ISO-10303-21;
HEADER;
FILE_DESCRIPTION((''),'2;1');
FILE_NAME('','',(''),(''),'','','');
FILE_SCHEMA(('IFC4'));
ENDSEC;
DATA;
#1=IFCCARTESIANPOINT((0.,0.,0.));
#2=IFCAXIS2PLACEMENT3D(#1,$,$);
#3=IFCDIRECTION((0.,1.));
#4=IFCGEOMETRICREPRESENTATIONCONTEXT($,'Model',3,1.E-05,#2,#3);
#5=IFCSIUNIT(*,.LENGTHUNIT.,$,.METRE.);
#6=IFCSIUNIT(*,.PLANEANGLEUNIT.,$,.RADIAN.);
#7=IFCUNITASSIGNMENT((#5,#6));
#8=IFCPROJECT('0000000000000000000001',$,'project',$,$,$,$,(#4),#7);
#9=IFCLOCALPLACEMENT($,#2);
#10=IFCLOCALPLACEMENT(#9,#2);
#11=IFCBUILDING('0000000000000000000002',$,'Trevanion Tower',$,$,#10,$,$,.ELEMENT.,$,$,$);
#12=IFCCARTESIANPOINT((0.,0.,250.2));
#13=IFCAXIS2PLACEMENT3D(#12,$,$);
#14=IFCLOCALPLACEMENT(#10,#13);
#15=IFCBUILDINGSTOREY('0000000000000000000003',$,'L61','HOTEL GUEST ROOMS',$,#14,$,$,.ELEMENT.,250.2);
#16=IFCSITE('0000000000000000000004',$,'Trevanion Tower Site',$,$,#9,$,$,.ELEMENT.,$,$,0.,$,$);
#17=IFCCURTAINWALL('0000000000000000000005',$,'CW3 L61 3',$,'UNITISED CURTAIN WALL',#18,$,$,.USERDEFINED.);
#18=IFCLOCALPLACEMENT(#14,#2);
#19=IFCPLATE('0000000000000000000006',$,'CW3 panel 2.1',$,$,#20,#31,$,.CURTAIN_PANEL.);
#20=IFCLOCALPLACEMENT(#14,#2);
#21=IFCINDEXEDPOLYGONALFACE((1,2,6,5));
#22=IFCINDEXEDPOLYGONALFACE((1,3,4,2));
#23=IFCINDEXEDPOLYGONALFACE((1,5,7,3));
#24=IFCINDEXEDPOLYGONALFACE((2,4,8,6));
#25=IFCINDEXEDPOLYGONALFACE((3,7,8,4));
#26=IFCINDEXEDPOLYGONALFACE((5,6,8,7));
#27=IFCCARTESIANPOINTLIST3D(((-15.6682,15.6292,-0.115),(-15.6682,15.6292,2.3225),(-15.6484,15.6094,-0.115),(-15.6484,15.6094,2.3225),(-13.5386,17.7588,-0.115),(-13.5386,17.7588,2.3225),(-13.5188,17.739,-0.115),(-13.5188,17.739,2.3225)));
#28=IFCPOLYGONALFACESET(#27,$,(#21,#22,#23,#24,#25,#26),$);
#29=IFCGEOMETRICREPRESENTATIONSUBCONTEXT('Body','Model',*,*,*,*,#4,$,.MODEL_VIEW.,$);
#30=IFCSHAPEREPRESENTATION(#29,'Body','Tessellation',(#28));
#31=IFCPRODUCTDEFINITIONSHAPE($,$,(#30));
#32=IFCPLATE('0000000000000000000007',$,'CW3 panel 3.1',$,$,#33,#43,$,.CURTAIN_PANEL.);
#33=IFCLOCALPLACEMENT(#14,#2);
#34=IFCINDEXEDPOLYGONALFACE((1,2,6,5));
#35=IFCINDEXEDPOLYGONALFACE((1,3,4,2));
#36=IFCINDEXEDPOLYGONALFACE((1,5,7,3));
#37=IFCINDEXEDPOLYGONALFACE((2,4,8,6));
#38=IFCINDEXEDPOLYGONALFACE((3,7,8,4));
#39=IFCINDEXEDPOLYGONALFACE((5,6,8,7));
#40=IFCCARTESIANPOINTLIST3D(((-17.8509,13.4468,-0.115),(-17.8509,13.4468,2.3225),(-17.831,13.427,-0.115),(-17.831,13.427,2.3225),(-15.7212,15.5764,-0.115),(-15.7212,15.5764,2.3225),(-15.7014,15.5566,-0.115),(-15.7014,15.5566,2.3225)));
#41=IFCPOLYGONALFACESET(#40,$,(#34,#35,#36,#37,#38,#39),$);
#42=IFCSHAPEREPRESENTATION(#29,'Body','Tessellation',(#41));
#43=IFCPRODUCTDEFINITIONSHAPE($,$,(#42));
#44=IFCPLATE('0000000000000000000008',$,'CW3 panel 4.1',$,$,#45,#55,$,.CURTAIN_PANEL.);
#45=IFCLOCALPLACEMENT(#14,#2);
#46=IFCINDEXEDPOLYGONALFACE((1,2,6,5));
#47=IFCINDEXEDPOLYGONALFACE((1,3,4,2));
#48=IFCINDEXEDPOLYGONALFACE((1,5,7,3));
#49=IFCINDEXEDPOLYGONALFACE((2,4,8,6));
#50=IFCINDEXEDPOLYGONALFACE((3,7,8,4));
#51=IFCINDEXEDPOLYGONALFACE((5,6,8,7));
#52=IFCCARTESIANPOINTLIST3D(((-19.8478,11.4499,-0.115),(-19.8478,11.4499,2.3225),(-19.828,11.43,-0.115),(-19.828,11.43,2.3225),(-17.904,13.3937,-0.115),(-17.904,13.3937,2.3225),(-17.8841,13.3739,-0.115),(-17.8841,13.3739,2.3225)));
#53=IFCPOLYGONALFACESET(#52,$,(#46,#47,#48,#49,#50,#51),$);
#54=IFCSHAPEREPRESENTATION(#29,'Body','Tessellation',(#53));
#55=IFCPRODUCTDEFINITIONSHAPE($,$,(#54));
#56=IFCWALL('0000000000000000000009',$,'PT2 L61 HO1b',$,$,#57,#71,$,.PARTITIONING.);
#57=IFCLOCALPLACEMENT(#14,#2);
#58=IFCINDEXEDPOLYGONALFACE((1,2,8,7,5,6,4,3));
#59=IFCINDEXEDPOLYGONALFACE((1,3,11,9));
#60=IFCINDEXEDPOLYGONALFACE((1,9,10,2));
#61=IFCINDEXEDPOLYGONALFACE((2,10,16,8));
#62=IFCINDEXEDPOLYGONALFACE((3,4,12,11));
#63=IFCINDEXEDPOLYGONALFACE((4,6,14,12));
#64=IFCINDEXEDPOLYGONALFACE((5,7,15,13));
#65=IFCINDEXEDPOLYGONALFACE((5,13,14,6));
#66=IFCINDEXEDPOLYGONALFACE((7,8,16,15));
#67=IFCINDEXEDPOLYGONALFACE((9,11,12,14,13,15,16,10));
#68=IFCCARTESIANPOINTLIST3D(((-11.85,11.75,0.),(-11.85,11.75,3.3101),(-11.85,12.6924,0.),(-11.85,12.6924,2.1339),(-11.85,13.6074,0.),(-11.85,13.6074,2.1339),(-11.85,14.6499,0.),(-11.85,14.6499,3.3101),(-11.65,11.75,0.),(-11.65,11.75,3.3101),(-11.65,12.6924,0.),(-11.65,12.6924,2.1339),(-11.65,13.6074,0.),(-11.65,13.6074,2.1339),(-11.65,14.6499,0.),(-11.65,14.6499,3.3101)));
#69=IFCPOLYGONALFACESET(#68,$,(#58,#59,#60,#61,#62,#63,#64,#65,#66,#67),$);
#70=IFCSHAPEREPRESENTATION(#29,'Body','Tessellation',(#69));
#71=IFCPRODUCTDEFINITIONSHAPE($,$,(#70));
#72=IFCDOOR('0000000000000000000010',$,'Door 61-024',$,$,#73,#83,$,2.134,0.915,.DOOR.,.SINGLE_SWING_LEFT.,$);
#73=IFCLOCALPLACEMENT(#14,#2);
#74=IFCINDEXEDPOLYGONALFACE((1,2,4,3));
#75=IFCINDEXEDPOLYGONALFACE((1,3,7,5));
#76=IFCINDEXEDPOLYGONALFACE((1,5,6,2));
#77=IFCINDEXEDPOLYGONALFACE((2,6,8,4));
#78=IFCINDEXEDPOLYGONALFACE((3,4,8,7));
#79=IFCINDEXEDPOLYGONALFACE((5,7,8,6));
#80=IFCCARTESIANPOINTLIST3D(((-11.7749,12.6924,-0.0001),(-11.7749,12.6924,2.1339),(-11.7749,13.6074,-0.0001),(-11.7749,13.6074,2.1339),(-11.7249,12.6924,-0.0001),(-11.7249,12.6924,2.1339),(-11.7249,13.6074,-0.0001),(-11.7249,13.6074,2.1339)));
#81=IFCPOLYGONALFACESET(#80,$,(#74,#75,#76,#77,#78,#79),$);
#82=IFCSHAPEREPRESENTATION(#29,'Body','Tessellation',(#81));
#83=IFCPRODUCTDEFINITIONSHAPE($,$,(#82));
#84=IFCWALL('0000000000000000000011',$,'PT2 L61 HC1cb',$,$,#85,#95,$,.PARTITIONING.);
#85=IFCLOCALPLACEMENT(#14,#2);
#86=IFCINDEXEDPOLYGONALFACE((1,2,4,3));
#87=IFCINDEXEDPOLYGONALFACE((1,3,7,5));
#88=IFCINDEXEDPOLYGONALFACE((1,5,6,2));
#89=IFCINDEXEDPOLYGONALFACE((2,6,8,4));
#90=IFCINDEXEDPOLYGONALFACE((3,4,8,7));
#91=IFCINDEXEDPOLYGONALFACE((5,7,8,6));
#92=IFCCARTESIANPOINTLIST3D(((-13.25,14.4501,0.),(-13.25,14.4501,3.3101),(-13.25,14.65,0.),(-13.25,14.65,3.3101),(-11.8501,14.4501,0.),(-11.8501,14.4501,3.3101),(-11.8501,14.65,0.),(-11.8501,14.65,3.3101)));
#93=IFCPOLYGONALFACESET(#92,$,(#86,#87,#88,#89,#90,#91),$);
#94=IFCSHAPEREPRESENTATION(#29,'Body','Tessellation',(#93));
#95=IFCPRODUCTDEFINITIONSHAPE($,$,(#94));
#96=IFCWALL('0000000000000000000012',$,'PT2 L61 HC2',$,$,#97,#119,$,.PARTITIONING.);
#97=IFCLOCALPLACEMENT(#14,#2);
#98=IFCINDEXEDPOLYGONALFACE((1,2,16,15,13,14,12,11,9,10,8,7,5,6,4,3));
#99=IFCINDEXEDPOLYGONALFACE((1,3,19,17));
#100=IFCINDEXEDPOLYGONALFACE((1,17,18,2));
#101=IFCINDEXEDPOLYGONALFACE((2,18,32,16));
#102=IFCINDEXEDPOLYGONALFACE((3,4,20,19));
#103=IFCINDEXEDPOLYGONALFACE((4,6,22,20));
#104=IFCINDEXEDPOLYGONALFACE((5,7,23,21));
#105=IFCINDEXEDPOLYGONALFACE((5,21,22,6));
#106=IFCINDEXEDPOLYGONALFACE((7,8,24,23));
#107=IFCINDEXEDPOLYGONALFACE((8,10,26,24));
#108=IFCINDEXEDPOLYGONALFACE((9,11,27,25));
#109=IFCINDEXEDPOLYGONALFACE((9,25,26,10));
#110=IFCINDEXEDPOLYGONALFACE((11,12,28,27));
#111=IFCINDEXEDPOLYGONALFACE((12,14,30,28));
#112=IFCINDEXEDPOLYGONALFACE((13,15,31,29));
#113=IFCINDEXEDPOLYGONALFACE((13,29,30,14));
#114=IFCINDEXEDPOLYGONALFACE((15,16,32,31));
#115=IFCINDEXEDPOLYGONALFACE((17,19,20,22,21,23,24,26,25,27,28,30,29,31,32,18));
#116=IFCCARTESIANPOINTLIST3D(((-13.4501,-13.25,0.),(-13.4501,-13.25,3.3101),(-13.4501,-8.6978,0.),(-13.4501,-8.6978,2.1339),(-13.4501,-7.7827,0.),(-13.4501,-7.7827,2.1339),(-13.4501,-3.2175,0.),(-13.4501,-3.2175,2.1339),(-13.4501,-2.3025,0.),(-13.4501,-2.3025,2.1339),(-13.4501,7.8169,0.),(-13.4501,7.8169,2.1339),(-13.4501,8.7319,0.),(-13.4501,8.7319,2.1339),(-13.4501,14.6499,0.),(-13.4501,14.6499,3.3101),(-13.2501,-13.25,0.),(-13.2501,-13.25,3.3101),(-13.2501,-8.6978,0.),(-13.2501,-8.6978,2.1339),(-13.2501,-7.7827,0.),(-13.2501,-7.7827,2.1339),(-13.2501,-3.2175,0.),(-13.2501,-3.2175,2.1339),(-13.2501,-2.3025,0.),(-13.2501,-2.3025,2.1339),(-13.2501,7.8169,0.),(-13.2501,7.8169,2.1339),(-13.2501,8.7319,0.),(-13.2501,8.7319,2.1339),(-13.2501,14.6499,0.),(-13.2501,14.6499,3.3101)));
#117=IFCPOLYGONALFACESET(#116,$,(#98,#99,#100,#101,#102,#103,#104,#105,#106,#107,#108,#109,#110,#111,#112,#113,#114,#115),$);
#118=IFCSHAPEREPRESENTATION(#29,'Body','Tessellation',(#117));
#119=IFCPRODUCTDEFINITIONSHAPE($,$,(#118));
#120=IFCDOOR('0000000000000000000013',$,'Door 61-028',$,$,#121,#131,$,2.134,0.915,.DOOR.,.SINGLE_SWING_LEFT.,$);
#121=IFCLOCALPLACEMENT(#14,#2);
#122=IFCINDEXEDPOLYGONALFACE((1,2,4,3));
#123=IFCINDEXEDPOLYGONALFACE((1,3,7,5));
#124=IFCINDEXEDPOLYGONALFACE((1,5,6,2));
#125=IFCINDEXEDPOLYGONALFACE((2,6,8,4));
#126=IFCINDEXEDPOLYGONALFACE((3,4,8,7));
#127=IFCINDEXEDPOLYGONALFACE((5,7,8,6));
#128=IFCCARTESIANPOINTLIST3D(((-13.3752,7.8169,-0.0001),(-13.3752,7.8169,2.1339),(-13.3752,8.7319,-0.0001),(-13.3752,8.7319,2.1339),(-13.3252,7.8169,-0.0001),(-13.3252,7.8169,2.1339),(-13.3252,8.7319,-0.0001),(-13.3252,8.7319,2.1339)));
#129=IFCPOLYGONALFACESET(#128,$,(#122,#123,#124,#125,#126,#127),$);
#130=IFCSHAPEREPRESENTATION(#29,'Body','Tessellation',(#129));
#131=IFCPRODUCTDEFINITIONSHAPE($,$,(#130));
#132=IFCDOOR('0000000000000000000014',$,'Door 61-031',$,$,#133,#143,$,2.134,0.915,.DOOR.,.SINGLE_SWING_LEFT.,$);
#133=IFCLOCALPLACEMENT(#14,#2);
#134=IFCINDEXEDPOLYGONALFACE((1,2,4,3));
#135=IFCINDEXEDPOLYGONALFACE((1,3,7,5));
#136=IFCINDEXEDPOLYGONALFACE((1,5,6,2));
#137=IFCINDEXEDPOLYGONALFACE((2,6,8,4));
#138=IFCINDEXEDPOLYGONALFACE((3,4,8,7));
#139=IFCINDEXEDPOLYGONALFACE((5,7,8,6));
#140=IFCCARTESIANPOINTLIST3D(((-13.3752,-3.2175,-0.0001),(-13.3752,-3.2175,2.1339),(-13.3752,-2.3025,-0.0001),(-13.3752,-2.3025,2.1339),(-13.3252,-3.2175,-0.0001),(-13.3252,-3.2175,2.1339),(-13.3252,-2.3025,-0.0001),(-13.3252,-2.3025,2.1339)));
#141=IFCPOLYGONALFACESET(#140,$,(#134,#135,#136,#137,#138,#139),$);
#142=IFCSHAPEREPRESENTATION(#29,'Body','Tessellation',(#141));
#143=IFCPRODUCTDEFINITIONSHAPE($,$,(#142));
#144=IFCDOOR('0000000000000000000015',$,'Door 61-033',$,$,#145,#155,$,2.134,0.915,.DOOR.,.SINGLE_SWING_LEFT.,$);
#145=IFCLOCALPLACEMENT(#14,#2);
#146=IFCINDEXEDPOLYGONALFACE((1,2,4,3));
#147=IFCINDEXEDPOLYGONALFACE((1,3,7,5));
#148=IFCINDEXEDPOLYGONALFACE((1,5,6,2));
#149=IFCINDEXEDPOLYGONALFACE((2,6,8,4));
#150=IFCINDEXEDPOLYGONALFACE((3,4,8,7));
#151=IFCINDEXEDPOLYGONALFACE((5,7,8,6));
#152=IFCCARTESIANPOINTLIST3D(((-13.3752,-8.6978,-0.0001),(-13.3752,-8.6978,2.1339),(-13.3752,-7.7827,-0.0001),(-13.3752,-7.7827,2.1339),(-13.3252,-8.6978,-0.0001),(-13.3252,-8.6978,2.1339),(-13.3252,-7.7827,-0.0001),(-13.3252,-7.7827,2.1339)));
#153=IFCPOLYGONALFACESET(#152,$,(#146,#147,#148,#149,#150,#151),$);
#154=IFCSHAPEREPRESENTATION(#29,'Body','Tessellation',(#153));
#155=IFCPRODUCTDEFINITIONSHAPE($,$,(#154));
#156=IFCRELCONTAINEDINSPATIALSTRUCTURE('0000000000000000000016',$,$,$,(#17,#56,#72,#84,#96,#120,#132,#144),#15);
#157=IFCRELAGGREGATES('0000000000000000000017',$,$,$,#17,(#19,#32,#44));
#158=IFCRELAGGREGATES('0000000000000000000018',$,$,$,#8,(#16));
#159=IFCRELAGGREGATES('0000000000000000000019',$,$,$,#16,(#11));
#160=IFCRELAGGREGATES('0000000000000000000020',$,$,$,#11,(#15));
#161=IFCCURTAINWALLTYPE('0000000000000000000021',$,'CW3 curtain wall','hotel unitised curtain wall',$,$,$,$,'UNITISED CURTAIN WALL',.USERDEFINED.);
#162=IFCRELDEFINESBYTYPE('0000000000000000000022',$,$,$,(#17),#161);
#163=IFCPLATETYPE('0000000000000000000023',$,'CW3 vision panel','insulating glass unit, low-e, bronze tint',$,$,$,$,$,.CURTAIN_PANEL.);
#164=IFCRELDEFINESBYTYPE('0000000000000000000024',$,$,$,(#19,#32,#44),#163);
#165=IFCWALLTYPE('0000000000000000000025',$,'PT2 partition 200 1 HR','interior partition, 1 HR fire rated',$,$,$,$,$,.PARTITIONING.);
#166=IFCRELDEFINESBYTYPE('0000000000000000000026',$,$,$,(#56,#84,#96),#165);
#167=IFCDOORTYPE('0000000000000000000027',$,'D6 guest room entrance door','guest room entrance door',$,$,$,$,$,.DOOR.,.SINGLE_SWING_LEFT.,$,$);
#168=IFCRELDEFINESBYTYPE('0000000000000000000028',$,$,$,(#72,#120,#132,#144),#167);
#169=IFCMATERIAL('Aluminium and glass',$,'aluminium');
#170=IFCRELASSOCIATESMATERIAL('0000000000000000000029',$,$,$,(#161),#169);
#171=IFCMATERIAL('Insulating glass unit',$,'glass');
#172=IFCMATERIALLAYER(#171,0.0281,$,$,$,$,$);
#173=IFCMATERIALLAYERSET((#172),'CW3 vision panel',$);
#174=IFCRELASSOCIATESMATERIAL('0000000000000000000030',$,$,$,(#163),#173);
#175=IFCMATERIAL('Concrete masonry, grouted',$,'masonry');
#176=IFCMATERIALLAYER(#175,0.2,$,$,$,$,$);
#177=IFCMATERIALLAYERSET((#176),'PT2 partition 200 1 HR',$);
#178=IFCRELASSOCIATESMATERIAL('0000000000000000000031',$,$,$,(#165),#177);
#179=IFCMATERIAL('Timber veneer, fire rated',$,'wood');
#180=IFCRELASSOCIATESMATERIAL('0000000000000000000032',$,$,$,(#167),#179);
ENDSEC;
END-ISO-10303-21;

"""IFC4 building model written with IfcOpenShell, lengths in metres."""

from ifc_helpers import new_model, si_unit, direction, frame, frame_2d, origin, origin_2d, place, context, subcontext, project, spatial, rectangle, extrude, material, layer, layer_set, type_object, element, fill, aggregate, save


model = new_model("IFC4")

# Units and contexts
model_context = context("Model", 3, precision=1e-05, world=origin(), true_north=direction((0.0, 1.0)))
body_context = subcontext(model_context, "Body", "Model", "MODEL_VIEW")
ifc_project = project(units=[si_unit("LENGTHUNIT", "METRE"), si_unit("PLANEANGLEUNIT", "RADIAN")], contexts=[model_context])

# Site, building, storey
site_placement = place(None, origin())
site = spatial("IfcSite", under=ifc_project, at=site_placement, Name="Trevanion Tower Site", CompositionType="ELEMENT", RefElevation=0.0)
building_placement = place(site_placement, origin())
building = spatial("IfcBuilding", under=site, at=building_placement, Name="Trevanion Tower", CompositionType="ELEMENT")
storey_placement = place(building_placement, frame((0.0, 0.0, 250.2)))
storey = spatial("IfcBuildingStorey", under=building, at=storey_placement, Name="L61", Description="HOTEL GUEST ROOMS", CompositionType="ELEMENT", Elevation=250.2)

# Curtain wall
ifc_material_1 = material(Name="Aluminium and glass", Category="aluminium")
curtain_wall_type = type_object("IfcCurtainWallType", Name="CW3 curtain wall", Description="hotel unitised curtain wall", ElementType="UNITISED CURTAIN WALL", PredefinedType="USERDEFINED", material=ifc_material_1)
curtain_wall_1_placement = place(storey_placement, origin())
curtain_wall_1 = element("IfcCurtainWall", 1, at=curtain_wall_1_placement, inside=storey, type_object=curtain_wall_type, Name="CW3 L61 3", ObjectType="UNITISED CURTAIN WALL", PredefinedType="USERDEFINED")

# Plates
ifc_material_2 = material(Name="Insulating glass unit", Category="glass")
ifc_layer_1 = layer(ifc_material_2, 0.0281)
ifc_layer_set_1 = layer_set([ifc_layer_1], Name="CW3 vision panel")
plate_type_1 = type_object("IfcPlateType", Name="CW3 vision panel", Description="insulating glass unit, low-e, bronze tint", PredefinedType="CURTAIN_PANEL", material=ifc_layer_set_1)
plate_1_placement = place(storey_placement, frame((-14.5935, 16.6841, -0.115), z_axis=(0.0, 0.0, 1.0), x_axis=(-0.707107, -0.707107, 0.0)))
plate_1 = element("IfcPlate", 2, at=plate_1_placement, type_object=plate_type_1, Name="CW3 panel 2.1", PredefinedType="CURTAIN_PANEL", context=body_context, shape_type="SweptSolid", body=[
    extrude(rectangle(XDim=3.0117, YDim=0.0281, at=origin_2d()), origin(), (0.0, 0.0, 1.0), 2.4375),
])
plate_2_placement = place(storey_placement, frame((-16.7761, 14.5017, -0.115), z_axis=(0.0, 0.0, 1.0), x_axis=(-0.707107, -0.707107, 0.0)))
plate_2 = element("IfcPlate", 3, at=plate_2_placement, type_object=plate_type_1, Name="CW3 panel 3.1", PredefinedType="CURTAIN_PANEL", context=body_context, shape_type="SweptSolid", body=[
    extrude(rectangle(XDim=3.0117, YDim=0.0281, at=origin_2d()), origin(), (0.0, 0.0, 1.0), 2.4375),
])
plate_3_placement = place(storey_placement, frame((-18.866, 12.4119, -0.115), z_axis=(0.0, 0.0, 1.0), x_axis=(-0.707107, -0.707107, 0.0)))
plate_3 = element("IfcPlate", 4, at=plate_3_placement, type_object=plate_type_1, Name="CW3 panel 4.1", PredefinedType="CURTAIN_PANEL", context=body_context, shape_type="SweptSolid", body=[
    extrude(rectangle(XDim=2.749, YDim=0.0281, at=origin_2d()), origin(), (0.0, 0.0, 1.0), 2.4375),
])
aggregate(curtain_wall_1, [plate_1, plate_2, plate_3])

# Wall, opening, door
ifc_material_3 = material(Name="Concrete masonry, grouted", Category="masonry")
ifc_layer_2 = layer(ifc_material_3, 0.2)
ifc_layer_set_2 = layer_set([ifc_layer_2], Name="PT2 partition 200 1 HR")
wall_type = type_object("IfcWallType", Name="PT2 partition 200 1 HR", Description="interior partition, 1 HR fire rated", PredefinedType="PARTITIONING", material=ifc_layer_set_2)
wall_1_placement = place(storey_placement, frame((-11.75, 11.75, 0.0), z_axis=(0.0, 0.0, 1.0), x_axis=(0.0, 1.0, 0.0)))
wall_1 = element("IfcWall", 5, at=wall_1_placement, inside=storey, type_object=wall_type, Name="PT2 L61 HO1b", PredefinedType="PARTITIONING", context=body_context, shape_type="SweptSolid", body=[
    extrude(rectangle(XDim=2.8999, YDim=0.2, at=frame_2d((1.45, 0.0))), origin(), (0.0, 0.0, 1.0), 3.3101),
])
opening_1_placement = place(wall_1_placement, frame((0.9424, 0.0, 0.0)))
opening_1 = element("IfcOpeningElement", 6, at=opening_1_placement, cuts=wall_1, PredefinedType="OPENING", context=body_context, shape_type="SweptSolid", body=[
    extrude(rectangle(XDim=0.915, YDim=2.134, at=frame_2d((0.4575, 1.0669))), frame((0.0, 0.1099, 0.0), z_axis=(0.0, -1.0, 0.0), x_axis=(1.0, 0.0, 0.0)), (0.0, 0.0, 1.0), 0.22),
])
ifc_material_4 = material(Name="Timber veneer, fire rated", Category="wood")
door_type = type_object("IfcDoorType", Name="D6 guest room entrance door", Description="guest room entrance door", OperationType="SINGLE_SWING_LEFT", PredefinedType="DOOR", material=ifc_material_4)
door_1_placement = place(opening_1_placement, origin())
door_1 = element("IfcDoor", 7, at=door_1_placement, inside=storey, type_object=door_type, Name="Door 61-024", OperationType="SINGLE_SWING_LEFT", OverallHeight=2.134, OverallWidth=0.915, PredefinedType="DOOR", context=body_context, shape_type="SweptSolid", body=[
    extrude(rectangle(XDim=0.915, YDim=2.134, at=frame_2d((0.4575, 1.0669))), frame((0.0, 0.0249, 0.0), z_axis=(0.0, -1.0, 0.0), x_axis=(1.0, 0.0, 0.0)), (0.0, 0.0, 1.0), 0.05),
])
fill(opening_1, door_1)

# Wall
wall_2_placement = place(storey_placement, frame((-11.8501, 14.55, 0.0), z_axis=(0.0, 0.0, 1.0), x_axis=(-1.0, 0.0, 0.0)))
element("IfcWall", 8, at=wall_2_placement, inside=storey, type_object=wall_type, Name="PT2 L61 HC1cb", PredefinedType="PARTITIONING", context=body_context, shape_type="SweptSolid", body=[
    extrude(rectangle(XDim=1.3999, YDim=0.2, at=frame_2d((0.7, 0.0))), origin(), (0.0, 0.0, 1.0), 3.3101),
])

# Wall, openings, doors
wall_3_placement = place(storey_placement, frame((-13.3501, 14.6499, 0.0), z_axis=(0.0, 0.0, 1.0), x_axis=(0.0, -1.0, 0.0)))
wall_3 = element("IfcWall", 9, at=wall_3_placement, inside=storey, type_object=wall_type, Name="PT2 L61 HC2", PredefinedType="PARTITIONING", context=body_context, shape_type="SweptSolid", body=[
    extrude(rectangle(XDim=27.8999, YDim=0.2, at=frame_2d((13.95, 0.0))), origin(), (0.0, 0.0, 1.0), 3.3101),
])
opening_2_placement = place(wall_3_placement, frame((5.918, 0.0, 0.0)))
opening_2 = element("IfcOpeningElement", 10, at=opening_2_placement, cuts=wall_3, PredefinedType="OPENING", context=body_context, shape_type="SweptSolid", body=[
    extrude(rectangle(XDim=0.915, YDim=2.134, at=frame_2d((0.4575, 1.0669))), frame((0.0, 0.1099, 0.0), z_axis=(0.0, -1.0, 0.0), x_axis=(1.0, 0.0, 0.0)), (0.0, 0.0, 1.0), 0.22),
])
opening_3_placement = place(wall_3_placement, frame((16.9524, 0.0, 0.0)))
opening_3 = element("IfcOpeningElement", 11, at=opening_3_placement, cuts=wall_3, PredefinedType="OPENING", context=body_context, shape_type="SweptSolid", body=[
    extrude(rectangle(XDim=0.915, YDim=2.134, at=frame_2d((0.4575, 1.0669))), frame((0.0, 0.1099, 0.0), z_axis=(0.0, -1.0, 0.0), x_axis=(1.0, 0.0, 0.0)), (0.0, 0.0, 1.0), 0.22),
])
opening_4_placement = place(wall_3_placement, frame((22.4326, 0.0, 0.0)))
opening_4 = element("IfcOpeningElement", 12, at=opening_4_placement, cuts=wall_3, PredefinedType="OPENING", context=body_context, shape_type="SweptSolid", body=[
    extrude(rectangle(XDim=0.915, YDim=2.134, at=frame_2d((0.4575, 1.0669))), frame((0.0, 0.1099, 0.0), z_axis=(0.0, -1.0, 0.0), x_axis=(1.0, 0.0, 0.0)), (0.0, 0.0, 1.0), 0.22),
])
door_2_placement = place(opening_2_placement, origin())
door_2 = element("IfcDoor", 13, at=door_2_placement, inside=storey, type_object=door_type, Name="Door 61-028", OperationType="SINGLE_SWING_LEFT", OverallHeight=2.134, OverallWidth=0.915, PredefinedType="DOOR", context=body_context, shape_type="SweptSolid", body=[
    extrude(rectangle(XDim=0.915, YDim=2.134, at=frame_2d((0.4575, 1.0669))), frame((0.0, 0.0249, 0.0), z_axis=(0.0, -1.0, 0.0), x_axis=(1.0, 0.0, 0.0)), (0.0, 0.0, 1.0), 0.05),
])
fill(opening_2, door_2)
door_3_placement = place(opening_3_placement, origin())
door_3 = element("IfcDoor", 14, at=door_3_placement, inside=storey, type_object=door_type, Name="Door 61-031", OperationType="SINGLE_SWING_LEFT", OverallHeight=2.134, OverallWidth=0.915, PredefinedType="DOOR", context=body_context, shape_type="SweptSolid", body=[
    extrude(rectangle(XDim=0.915, YDim=2.134, at=frame_2d((0.4575, 1.0669))), frame((0.0, 0.0249, 0.0), z_axis=(0.0, -1.0, 0.0), x_axis=(1.0, 0.0, 0.0)), (0.0, 0.0, 1.0), 0.05),
])
fill(opening_3, door_3)
door_4_placement = place(opening_4_placement, origin())
door_4 = element("IfcDoor", 15, at=door_4_placement, inside=storey, type_object=door_type, Name="Door 61-033", OperationType="SINGLE_SWING_LEFT", OverallHeight=2.134, OverallWidth=0.915, PredefinedType="DOOR", context=body_context, shape_type="SweptSolid", body=[
    extrude(rectangle(XDim=0.915, YDim=2.134, at=frame_2d((0.4575, 1.0669))), frame((0.0, 0.0249, 0.0), z_axis=(0.0, -1.0, 0.0), x_axis=(1.0, 0.0, 0.0)), (0.0, 0.0, 1.0), 0.05),
])
fill(opening_4, door_4)

save(model, "model.ifc")
